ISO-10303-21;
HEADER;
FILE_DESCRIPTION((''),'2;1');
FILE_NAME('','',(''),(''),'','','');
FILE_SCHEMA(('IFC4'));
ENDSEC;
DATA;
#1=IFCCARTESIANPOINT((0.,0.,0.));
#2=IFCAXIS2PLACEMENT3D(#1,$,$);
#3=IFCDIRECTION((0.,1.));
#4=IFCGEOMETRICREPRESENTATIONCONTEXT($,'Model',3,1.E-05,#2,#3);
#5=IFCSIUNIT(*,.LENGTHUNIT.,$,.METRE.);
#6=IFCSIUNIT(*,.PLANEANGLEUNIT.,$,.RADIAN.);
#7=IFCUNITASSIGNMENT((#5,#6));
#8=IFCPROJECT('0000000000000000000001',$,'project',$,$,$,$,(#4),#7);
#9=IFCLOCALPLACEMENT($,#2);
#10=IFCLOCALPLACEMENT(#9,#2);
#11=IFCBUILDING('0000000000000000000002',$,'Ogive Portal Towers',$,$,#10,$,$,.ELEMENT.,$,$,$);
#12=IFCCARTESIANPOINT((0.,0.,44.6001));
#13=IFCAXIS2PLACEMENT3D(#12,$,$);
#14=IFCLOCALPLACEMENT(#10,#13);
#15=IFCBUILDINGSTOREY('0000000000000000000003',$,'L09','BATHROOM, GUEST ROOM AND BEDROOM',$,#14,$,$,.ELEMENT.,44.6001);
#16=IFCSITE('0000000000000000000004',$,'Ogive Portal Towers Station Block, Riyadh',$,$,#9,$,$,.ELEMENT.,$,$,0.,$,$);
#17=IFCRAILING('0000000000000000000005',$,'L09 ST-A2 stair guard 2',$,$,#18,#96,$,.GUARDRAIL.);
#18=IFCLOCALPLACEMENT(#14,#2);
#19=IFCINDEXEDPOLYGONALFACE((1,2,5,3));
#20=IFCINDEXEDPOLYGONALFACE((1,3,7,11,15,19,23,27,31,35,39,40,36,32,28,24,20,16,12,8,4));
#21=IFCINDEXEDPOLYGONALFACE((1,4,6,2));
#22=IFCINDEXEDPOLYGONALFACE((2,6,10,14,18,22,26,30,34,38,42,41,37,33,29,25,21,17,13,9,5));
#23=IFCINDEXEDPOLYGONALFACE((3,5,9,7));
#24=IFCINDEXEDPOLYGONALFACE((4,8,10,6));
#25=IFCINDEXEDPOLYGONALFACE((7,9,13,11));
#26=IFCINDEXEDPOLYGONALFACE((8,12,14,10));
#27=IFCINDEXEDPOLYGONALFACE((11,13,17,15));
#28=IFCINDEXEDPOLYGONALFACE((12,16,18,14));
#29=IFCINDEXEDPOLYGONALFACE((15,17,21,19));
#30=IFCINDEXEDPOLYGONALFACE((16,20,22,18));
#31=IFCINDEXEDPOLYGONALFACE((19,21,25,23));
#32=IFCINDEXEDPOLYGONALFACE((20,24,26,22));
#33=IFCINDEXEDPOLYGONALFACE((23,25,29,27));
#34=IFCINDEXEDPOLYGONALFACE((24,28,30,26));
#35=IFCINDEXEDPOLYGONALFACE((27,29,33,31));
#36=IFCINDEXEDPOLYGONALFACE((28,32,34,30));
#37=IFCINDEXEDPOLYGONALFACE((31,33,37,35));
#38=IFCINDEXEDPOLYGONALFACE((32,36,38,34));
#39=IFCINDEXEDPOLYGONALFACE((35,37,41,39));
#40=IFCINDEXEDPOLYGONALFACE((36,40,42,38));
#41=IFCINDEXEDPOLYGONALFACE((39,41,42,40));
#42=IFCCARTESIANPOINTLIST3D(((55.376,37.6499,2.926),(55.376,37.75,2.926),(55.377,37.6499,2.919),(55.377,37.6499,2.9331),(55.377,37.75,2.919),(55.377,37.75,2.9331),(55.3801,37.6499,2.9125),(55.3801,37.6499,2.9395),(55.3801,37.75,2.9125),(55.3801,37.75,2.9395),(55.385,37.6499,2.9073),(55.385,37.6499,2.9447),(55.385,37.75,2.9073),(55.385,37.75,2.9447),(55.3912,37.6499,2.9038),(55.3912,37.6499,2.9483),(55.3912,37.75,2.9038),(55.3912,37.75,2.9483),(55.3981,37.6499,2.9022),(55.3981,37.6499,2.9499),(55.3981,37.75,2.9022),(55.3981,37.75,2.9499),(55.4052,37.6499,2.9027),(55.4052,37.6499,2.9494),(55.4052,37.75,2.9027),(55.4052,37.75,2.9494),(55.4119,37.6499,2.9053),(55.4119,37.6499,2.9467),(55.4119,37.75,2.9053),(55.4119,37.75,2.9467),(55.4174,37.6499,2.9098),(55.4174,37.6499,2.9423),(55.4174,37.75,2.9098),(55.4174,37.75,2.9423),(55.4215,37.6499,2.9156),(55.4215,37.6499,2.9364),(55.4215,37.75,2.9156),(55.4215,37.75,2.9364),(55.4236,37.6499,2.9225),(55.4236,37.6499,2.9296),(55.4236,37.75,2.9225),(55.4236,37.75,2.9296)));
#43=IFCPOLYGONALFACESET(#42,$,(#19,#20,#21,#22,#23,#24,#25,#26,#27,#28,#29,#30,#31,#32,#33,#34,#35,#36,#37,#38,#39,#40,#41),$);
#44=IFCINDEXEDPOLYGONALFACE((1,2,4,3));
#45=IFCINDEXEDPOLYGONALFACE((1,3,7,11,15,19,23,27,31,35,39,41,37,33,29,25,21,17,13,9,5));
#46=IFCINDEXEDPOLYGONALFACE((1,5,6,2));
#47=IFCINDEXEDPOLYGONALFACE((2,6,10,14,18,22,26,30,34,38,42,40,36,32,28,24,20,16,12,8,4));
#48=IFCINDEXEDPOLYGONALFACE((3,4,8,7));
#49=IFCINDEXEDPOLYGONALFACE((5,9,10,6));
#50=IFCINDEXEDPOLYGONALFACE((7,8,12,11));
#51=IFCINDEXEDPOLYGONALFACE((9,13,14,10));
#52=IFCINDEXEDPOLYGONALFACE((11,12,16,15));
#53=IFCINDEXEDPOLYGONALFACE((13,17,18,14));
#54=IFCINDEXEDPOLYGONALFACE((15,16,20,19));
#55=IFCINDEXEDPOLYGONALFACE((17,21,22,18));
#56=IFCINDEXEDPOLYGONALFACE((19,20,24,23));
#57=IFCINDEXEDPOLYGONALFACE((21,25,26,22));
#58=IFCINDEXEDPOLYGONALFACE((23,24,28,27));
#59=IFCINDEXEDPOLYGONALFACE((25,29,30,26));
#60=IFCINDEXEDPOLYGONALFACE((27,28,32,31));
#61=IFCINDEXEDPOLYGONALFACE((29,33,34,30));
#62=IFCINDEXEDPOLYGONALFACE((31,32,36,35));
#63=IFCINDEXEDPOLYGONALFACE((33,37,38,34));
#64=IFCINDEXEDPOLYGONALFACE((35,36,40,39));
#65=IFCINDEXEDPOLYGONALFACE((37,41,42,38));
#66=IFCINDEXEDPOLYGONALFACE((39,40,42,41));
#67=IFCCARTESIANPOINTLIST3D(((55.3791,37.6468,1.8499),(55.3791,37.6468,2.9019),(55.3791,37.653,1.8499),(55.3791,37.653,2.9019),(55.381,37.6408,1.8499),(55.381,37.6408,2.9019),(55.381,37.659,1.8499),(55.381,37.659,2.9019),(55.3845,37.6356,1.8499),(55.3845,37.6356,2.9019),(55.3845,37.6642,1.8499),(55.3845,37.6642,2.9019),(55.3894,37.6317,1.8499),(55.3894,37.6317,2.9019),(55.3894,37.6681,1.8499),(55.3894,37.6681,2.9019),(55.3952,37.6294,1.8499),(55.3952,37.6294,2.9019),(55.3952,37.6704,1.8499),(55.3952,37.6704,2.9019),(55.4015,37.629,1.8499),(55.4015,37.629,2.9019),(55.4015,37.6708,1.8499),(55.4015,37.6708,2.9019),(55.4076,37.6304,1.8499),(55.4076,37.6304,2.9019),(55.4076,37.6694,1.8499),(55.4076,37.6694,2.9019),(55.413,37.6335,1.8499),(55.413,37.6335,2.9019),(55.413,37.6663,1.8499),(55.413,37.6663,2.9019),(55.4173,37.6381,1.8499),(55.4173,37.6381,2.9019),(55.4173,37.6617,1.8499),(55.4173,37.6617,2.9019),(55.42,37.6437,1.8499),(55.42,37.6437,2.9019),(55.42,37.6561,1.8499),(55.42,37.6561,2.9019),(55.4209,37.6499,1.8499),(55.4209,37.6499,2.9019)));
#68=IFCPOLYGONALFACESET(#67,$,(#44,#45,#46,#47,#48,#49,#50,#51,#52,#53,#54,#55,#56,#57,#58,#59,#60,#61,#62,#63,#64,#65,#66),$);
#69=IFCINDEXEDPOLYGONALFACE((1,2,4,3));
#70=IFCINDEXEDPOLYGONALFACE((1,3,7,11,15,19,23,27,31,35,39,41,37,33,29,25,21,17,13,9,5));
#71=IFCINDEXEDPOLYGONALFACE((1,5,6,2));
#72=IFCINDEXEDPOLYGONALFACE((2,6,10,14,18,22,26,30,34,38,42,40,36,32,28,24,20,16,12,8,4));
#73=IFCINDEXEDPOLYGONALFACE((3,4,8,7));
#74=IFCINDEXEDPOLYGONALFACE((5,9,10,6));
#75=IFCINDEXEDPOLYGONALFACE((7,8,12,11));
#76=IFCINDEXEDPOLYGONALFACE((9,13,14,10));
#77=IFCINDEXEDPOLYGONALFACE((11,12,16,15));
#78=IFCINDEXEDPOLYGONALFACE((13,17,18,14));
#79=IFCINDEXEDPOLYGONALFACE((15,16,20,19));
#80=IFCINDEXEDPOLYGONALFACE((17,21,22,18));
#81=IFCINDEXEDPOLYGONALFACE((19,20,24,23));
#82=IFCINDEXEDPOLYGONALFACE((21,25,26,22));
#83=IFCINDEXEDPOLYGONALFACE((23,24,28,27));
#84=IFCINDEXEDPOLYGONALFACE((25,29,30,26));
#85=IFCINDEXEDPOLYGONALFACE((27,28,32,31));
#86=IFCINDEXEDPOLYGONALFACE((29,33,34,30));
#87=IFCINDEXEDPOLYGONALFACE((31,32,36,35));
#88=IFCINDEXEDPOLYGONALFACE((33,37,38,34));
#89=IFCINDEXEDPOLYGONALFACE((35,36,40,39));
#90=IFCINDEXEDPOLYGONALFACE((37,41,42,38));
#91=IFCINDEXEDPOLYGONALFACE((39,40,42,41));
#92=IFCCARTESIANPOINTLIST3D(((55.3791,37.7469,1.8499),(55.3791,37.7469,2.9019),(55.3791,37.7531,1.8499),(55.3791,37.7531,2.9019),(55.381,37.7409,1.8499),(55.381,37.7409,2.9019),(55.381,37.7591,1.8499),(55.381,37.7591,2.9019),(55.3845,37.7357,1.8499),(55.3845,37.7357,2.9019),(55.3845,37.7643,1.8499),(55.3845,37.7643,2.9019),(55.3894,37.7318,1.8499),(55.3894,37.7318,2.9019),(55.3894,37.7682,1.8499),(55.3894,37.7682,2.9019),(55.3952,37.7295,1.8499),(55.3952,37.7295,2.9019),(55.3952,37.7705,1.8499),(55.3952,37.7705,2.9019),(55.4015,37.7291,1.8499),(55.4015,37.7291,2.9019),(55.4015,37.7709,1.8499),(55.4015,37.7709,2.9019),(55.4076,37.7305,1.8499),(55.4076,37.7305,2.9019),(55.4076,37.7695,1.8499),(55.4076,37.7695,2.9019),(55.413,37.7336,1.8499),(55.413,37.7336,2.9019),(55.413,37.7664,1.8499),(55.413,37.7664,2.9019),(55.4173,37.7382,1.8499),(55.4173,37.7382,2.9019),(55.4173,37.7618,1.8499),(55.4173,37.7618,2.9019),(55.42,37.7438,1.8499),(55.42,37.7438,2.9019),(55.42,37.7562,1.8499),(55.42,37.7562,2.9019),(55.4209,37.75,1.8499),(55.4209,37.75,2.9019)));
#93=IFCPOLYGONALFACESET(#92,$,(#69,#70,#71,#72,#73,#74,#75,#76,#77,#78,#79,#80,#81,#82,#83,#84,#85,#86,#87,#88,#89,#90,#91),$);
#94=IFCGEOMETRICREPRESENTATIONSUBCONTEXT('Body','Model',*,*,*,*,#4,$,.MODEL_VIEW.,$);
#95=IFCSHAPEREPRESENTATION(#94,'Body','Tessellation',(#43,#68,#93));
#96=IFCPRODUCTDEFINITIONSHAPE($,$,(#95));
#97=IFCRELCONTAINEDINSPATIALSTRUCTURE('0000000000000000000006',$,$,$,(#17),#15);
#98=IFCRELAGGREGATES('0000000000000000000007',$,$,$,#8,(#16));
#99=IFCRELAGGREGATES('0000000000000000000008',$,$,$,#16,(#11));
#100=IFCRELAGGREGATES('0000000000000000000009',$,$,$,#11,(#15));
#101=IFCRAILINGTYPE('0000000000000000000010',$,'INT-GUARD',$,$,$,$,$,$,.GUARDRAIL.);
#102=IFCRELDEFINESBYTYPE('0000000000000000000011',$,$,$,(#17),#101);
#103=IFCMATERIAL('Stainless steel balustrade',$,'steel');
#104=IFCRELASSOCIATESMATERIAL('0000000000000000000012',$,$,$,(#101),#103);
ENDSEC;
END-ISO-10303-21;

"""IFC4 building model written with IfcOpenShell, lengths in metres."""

from ifc_helpers import new_model, si_unit, direction, frame, origin, origin_2d, place, context, subcontext, project, spatial, circle, extrude, material, type_object, element, save


model = new_model("IFC4")

# Units and contexts
model_context = context("Model", 3, precision=1e-05, world=origin(), true_north=direction((0.0, 1.0)))
body_context = subcontext(model_context, "Body", "Model", "MODEL_VIEW")
ifc_project = project(units=[si_unit("LENGTHUNIT", "METRE"), si_unit("PLANEANGLEUNIT", "RADIAN")], contexts=[model_context])

# Site, building, storey
site_placement = place(None, origin())
site = spatial("IfcSite", under=ifc_project, at=site_placement, Name="Ogive Portal Towers Station Block, Riyadh", CompositionType="ELEMENT", RefElevation=0.0)
building_placement = place(site_placement, origin())
building = spatial("IfcBuilding", under=site, at=building_placement, Name="Ogive Portal Towers", CompositionType="ELEMENT")
storey_placement = place(building_placement, frame((0.0, 0.0, 44.6001)))
storey = spatial("IfcBuildingStorey", under=building, at=storey_placement, Name="L09", Description="BATHROOM, GUEST ROOM AND BEDROOM", CompositionType="ELEMENT", Elevation=44.6001)

# Railing
ifc_material_1 = material(Name="Stainless steel balustrade", Category="steel")
railing_type_1 = type_object("IfcRailingType", Name="INT-GUARD", PredefinedType="GUARDRAIL", material=ifc_material_1)
railing_1_placement = place(storey_placement, frame((55.3999, 37.6499, 1.8499)))
element("IfcRailing", 1, at=railing_1_placement, inside=storey, type_object=railing_type_1, Name="L09 ST-A2 stair guard 2", PredefinedType="GUARDRAIL", context=body_context, shape_type="SweptSolid", body=[
    extrude(circle(Radius=0.0239, at=origin_2d()), frame((0.0, 0.0, 1.0762), z_axis=(0.0, 1.0, 0.0), x_axis=(-1.0, 0.0, 0.0)), (0.0, 0.0, 1.0), 0.1001),
    extrude(circle(Radius=0.021, at=origin_2d()), origin(), (0.0, 0.0, 1.0), 1.052),
    extrude(circle(Radius=0.021, at=origin_2d()), frame((0.0, 0.1001, 0.0)), (0.0, 0.0, 1.0), 1.052),
])

save(model, "model.ifc")
